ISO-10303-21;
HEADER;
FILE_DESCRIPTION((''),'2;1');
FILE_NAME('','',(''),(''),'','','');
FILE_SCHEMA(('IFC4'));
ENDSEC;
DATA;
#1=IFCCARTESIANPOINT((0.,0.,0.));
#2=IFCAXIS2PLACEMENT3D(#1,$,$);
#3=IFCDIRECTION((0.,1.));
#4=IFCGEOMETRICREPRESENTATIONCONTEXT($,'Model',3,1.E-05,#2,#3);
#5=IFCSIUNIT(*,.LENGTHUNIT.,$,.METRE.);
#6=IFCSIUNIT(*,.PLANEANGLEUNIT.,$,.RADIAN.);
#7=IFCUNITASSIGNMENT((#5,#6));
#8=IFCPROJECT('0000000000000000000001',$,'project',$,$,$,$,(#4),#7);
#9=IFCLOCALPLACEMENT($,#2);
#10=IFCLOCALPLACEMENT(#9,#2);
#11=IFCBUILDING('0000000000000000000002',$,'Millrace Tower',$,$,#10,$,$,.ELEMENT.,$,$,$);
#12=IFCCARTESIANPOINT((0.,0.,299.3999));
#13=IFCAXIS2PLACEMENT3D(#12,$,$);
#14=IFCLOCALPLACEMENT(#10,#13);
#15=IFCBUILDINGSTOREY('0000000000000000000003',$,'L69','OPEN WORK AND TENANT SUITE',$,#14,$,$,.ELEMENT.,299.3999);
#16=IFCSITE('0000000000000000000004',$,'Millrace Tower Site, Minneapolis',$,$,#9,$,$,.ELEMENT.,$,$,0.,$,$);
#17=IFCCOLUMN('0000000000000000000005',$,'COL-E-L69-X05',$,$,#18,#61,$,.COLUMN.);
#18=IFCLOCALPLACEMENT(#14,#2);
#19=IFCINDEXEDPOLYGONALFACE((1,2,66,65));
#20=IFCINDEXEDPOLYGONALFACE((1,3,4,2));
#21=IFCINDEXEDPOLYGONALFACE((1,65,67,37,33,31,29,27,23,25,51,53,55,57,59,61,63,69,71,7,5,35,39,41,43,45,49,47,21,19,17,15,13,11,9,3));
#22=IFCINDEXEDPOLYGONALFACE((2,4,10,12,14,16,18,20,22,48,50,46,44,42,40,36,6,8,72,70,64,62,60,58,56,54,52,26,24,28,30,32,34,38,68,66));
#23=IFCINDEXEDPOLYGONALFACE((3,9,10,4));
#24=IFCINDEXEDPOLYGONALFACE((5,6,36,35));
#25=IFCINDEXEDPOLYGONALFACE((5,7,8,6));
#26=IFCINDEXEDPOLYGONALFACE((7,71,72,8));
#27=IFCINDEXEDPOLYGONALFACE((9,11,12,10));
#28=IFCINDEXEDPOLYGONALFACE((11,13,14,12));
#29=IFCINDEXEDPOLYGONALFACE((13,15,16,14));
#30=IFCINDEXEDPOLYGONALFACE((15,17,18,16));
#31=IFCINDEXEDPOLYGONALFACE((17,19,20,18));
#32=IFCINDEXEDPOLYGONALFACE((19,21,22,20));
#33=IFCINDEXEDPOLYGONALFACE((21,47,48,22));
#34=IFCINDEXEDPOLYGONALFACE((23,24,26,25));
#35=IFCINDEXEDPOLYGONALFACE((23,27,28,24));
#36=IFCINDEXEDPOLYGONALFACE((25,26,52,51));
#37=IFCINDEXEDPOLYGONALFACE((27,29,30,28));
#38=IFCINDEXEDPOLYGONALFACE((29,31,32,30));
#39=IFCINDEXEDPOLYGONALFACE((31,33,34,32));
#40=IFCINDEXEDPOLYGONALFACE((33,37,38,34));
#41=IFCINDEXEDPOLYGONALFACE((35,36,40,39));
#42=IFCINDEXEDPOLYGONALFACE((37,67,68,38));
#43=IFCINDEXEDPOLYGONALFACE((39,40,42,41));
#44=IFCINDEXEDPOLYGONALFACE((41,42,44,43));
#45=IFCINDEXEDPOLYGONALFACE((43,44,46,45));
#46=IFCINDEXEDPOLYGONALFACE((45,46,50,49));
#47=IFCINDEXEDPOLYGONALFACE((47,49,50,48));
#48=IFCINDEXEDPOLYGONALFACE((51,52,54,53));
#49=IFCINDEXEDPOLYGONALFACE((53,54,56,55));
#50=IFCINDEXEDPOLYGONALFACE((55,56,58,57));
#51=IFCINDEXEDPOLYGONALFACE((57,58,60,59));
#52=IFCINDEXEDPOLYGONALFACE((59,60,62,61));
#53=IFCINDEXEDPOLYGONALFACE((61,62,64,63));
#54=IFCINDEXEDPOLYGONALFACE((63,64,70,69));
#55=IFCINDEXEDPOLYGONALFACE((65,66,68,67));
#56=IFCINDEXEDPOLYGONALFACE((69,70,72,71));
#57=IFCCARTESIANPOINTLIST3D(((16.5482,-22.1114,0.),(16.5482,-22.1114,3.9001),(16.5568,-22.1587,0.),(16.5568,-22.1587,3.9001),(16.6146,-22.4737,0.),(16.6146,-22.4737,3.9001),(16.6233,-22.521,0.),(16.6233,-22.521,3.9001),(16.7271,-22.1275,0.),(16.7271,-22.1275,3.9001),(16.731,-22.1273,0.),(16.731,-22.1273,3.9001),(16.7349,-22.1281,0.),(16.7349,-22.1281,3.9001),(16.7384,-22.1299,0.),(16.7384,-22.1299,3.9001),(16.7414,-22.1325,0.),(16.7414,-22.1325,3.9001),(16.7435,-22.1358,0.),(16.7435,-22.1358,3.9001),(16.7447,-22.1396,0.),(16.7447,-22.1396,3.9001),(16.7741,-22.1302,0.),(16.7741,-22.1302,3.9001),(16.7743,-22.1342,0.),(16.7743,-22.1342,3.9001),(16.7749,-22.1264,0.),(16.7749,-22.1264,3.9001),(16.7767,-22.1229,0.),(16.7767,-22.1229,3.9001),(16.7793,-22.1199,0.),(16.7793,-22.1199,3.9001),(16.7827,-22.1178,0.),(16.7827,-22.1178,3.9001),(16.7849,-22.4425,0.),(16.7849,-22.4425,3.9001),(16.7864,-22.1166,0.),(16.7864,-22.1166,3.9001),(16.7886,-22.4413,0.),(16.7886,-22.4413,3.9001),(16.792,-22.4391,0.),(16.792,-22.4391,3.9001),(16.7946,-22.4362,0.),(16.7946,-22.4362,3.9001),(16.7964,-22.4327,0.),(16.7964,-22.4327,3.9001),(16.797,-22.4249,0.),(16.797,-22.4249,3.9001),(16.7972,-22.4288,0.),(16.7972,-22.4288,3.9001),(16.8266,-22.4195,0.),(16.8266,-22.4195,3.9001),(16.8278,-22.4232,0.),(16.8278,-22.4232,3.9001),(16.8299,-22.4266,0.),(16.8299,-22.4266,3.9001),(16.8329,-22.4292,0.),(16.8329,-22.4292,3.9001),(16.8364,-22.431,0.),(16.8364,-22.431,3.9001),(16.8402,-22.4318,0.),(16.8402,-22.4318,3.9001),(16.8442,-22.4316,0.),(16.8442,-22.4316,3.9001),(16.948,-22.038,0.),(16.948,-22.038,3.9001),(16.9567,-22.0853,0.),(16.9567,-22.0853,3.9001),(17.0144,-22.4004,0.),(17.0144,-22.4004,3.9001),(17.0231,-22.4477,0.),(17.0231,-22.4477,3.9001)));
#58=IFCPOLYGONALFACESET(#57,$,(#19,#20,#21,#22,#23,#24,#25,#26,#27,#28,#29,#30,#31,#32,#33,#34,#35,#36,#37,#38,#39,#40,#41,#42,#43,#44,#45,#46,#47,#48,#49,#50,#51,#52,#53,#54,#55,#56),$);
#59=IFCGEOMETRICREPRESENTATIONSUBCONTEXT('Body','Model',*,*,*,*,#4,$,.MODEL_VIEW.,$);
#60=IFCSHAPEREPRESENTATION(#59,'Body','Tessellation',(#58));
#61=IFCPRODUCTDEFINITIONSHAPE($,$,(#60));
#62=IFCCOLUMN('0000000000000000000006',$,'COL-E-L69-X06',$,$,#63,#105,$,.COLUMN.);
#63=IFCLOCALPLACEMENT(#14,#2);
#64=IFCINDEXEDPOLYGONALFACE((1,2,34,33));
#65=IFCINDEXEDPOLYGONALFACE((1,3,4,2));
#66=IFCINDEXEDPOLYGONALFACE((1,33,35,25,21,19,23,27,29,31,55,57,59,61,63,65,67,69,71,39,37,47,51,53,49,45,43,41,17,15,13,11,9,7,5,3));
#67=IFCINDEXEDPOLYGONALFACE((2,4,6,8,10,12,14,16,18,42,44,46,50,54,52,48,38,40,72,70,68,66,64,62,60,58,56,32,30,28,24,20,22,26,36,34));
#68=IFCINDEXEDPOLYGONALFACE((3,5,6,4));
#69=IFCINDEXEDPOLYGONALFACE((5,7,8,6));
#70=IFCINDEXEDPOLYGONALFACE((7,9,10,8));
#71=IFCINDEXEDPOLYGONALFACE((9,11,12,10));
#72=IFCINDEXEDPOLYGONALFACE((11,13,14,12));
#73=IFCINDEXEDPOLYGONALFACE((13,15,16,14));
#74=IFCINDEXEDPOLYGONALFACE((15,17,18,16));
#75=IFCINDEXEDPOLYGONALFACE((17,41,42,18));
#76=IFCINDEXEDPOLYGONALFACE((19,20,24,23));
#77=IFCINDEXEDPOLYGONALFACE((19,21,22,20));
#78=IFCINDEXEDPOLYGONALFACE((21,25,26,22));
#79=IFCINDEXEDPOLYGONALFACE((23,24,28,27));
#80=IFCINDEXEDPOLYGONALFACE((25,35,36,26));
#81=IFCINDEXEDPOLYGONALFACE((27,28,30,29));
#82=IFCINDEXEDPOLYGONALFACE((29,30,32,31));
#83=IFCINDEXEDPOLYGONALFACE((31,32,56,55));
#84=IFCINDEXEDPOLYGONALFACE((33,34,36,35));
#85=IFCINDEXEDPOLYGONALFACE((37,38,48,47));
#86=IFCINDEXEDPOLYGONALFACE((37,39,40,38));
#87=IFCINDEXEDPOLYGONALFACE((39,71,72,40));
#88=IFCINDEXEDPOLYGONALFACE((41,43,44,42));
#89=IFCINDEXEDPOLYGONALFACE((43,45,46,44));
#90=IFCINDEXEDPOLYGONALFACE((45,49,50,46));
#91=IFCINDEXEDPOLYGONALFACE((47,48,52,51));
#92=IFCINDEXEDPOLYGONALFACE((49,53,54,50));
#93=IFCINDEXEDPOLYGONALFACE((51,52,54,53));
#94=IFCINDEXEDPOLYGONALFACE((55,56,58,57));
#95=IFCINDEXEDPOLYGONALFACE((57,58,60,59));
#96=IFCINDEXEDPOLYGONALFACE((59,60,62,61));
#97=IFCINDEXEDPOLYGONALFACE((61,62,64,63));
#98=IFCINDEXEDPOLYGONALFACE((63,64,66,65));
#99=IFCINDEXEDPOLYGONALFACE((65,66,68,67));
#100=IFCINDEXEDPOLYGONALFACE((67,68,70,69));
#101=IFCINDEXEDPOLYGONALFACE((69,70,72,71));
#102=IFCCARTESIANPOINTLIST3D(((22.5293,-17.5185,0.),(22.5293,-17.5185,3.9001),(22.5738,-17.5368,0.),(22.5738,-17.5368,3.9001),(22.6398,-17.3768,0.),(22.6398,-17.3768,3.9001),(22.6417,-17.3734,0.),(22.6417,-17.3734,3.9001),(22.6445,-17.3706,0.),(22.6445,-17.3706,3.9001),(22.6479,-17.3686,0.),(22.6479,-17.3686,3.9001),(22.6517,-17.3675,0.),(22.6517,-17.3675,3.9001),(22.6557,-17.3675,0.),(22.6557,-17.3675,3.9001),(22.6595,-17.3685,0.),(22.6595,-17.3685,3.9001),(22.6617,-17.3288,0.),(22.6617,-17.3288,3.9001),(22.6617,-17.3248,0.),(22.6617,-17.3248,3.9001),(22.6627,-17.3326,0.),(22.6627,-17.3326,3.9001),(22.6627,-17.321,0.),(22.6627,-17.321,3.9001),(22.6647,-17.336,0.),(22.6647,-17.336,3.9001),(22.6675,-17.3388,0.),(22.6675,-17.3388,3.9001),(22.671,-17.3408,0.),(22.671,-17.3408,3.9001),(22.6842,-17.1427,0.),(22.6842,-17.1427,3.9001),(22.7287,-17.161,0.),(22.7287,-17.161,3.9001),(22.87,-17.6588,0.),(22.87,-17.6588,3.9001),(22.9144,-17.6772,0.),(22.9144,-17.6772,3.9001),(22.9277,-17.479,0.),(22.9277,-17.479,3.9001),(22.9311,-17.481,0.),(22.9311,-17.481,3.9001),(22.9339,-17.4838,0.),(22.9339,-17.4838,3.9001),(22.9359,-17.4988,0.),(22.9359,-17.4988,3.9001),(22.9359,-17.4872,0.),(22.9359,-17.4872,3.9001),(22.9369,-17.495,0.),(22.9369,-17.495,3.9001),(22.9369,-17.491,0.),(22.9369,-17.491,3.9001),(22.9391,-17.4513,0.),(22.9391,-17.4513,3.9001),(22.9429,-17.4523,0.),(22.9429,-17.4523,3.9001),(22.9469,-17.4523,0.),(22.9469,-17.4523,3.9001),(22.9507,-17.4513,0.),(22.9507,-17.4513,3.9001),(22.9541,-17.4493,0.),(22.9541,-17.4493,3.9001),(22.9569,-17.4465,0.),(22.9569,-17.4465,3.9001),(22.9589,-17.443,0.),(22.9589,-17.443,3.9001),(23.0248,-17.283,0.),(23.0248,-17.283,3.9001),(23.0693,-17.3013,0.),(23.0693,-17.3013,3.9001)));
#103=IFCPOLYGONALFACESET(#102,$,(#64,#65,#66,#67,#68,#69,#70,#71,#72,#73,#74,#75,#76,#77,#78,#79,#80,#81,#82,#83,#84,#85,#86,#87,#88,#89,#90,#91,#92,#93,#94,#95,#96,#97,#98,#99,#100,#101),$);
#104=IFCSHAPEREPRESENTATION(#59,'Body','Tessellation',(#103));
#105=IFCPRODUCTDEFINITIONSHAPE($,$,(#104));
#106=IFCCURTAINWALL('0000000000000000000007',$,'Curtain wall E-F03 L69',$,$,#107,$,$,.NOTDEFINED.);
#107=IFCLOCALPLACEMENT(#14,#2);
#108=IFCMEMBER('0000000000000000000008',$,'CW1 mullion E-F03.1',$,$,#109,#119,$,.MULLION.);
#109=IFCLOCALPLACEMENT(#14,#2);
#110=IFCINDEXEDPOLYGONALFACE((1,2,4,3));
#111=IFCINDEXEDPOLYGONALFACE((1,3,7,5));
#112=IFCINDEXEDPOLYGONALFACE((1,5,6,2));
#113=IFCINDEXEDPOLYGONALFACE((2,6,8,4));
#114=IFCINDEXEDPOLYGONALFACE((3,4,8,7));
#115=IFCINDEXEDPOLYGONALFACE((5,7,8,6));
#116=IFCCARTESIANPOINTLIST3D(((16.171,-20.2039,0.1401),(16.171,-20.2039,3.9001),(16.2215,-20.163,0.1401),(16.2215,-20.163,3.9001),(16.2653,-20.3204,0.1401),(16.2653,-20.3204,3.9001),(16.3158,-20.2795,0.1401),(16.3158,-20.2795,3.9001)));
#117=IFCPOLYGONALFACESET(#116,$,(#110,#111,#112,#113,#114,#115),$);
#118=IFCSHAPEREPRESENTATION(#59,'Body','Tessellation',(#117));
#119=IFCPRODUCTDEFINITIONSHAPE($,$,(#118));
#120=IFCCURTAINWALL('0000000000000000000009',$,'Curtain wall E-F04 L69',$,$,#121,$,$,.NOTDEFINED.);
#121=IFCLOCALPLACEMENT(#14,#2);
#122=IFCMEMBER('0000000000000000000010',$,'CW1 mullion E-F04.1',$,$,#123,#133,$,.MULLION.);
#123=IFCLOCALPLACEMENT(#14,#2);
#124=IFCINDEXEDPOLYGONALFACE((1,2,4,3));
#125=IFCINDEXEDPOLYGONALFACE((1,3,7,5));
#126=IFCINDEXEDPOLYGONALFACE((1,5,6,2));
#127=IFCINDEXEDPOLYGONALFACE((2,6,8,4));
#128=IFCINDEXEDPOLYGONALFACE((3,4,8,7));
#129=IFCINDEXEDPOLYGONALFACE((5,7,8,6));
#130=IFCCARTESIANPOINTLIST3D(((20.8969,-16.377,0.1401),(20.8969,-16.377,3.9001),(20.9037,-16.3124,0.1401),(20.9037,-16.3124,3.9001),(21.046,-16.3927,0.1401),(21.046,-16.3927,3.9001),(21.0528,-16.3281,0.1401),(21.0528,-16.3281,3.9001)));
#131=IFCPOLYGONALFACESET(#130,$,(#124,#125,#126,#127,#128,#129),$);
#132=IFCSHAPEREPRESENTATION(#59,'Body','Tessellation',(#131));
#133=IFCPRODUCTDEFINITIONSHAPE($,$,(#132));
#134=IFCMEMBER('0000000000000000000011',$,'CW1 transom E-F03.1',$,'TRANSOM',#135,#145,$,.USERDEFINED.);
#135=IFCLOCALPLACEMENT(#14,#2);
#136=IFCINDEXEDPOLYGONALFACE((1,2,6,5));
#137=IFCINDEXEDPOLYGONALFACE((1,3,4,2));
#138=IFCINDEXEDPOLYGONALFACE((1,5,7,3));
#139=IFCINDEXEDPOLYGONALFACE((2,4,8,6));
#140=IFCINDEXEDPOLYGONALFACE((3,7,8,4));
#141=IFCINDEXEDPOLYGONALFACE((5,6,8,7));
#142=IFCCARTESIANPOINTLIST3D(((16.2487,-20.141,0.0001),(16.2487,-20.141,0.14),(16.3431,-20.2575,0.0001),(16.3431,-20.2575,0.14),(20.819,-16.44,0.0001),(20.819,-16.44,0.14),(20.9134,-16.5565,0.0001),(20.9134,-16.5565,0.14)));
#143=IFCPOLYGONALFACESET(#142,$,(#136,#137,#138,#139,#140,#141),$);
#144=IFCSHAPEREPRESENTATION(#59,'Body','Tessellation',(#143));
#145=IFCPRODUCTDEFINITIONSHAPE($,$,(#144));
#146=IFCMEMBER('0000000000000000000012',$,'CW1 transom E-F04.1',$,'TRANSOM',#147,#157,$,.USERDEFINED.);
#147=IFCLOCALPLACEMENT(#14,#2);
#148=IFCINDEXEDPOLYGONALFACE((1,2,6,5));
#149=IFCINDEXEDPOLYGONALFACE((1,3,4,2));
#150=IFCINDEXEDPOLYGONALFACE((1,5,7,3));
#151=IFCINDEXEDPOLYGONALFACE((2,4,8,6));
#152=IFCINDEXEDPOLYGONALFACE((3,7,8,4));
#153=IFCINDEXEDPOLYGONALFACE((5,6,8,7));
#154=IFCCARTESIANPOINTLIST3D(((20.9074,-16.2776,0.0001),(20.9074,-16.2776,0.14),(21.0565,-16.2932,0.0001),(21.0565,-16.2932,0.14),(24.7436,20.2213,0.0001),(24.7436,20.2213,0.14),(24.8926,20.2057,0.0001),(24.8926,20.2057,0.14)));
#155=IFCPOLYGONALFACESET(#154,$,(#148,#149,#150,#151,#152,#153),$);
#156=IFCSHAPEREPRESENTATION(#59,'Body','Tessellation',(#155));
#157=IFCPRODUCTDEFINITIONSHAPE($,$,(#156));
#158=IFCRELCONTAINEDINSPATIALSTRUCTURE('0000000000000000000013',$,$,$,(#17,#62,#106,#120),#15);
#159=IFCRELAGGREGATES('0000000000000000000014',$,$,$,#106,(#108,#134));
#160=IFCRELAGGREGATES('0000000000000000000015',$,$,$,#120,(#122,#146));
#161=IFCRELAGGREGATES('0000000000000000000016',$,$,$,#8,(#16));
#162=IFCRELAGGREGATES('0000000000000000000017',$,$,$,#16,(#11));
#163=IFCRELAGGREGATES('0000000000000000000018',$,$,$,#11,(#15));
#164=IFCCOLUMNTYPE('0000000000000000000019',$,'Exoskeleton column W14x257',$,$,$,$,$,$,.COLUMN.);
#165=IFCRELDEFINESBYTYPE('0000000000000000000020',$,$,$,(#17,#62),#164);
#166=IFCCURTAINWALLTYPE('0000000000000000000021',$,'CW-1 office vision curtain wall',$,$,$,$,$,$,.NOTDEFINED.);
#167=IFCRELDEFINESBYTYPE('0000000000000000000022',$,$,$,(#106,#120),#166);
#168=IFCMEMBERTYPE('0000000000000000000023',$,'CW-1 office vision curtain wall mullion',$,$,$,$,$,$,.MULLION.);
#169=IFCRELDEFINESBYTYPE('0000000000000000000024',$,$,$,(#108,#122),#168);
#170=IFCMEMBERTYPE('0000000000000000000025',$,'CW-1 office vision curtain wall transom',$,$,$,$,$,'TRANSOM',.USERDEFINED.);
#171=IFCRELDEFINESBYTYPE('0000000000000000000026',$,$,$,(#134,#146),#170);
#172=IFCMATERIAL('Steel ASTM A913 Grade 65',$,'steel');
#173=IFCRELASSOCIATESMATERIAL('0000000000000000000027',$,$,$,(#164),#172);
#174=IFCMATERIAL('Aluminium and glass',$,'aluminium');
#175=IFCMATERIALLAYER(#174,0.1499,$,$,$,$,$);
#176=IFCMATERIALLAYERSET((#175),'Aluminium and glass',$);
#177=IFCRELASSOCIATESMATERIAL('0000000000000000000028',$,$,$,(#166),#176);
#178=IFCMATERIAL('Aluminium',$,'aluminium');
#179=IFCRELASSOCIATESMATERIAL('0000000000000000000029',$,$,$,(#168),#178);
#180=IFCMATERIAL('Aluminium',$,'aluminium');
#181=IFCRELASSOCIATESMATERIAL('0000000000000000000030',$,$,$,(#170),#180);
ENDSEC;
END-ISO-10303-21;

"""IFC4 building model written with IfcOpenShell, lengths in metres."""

from ifc_helpers import new_model, si_unit, direction, frame, origin, origin_2d, place, context, subcontext, project, spatial, rectangle, i_section, extrude, material, layer, layer_set, material_profile, profile_set, type_object, element, aggregate, save


model = new_model("IFC4")

# Units and contexts
model_context = context("Model", 3, precision=1e-05, world=origin(), true_north=direction((0.0, 1.0)))
body_context = subcontext(model_context, "Body", "Model", "MODEL_VIEW")
ifc_project = project(units=[si_unit("LENGTHUNIT", "METRE"), si_unit("PLANEANGLEUNIT", "RADIAN")], contexts=[model_context])

# Site, building, storey
site_placement = place(None, origin())
site = spatial("IfcSite", under=ifc_project, at=site_placement, Name="Millrace Tower Site, Minneapolis", CompositionType="ELEMENT", RefElevation=0.0)
building_placement = place(site_placement, origin())
building = spatial("IfcBuilding", under=site, at=building_placement, Name="Millrace Tower", CompositionType="ELEMENT")
storey_placement = place(building_placement, frame((0.0, 0.0, 299.3999)))
storey = spatial("IfcBuildingStorey", under=building, at=storey_placement, Name="L69", Description="OPEN WORK AND TENANT SUITE", CompositionType="ELEMENT", Elevation=299.3999)

# Columns
ifc_material_1 = material(Name="Steel ASTM A913 Grade 65", Category="steel")
ifc_material_profile_1 = material_profile(ifc_material_1, i_section(OverallWidth=0.4065, OverallDepth=0.4165, WebThickness=0.03, FlangeThickness=0.0481, FilletRadius=0.0151, at=origin_2d()))
ifc_profile_set_1 = profile_set([ifc_material_profile_1], Name="Steel ASTM A913 Grade 65")
column_type = type_object("IfcColumnType", Name="Exoskeleton column W14x257", PredefinedType="COLUMN", material=ifc_profile_set_1)
for number, where, z_axis, x_axis, name in (
    (1, (16.7856, -22.2795, 0.0), (0.0, 0.0, 1.0), (0.983596, 0.180387, 0.0), "COL-E-L69-X05"),
    (2, (22.7993, -17.4099, 0.0), (0.0, 0.0, 1.0), (0.380947, 0.924597, 0.0), "COL-E-L69-X06"),
):
    element("IfcColumn", number, at=place(storey_placement, frame(where, z_axis=z_axis, x_axis=x_axis)), inside=storey, type_object=column_type, Name=name, PredefinedType="COLUMN", context=body_context, shape_type="SweptSolid", body=[
        extrude(i_section(OverallWidth=0.4065, OverallDepth=0.4165, WebThickness=0.03, FlangeThickness=0.0481, FilletRadius=0.0151, at=origin_2d()), origin(), (0.0, 0.0, 1.0), 3.9001),
    ])

# Curtain walls, members
ifc_material_2 = material(Name="Aluminium and glass", Category="aluminium")
ifc_layer_1 = layer(ifc_material_2, 0.1499)
ifc_layer_set_1 = layer_set([ifc_layer_1], Name="Aluminium and glass")
curtain_wall_type = type_object("IfcCurtainWallType", Name="CW-1 office vision curtain wall", PredefinedType="NOTDEFINED", material=ifc_layer_set_1)
placement = place(storey_placement, origin())
curtain_wall_1 = element("IfcCurtainWall", 3, at=placement, inside=storey, type_object=curtain_wall_type, Name="Curtain wall E-F03 L69", PredefinedType="NOTDEFINED")
ifc_material_3 = material(Name="Aluminium", Category="aluminium")
ifc_material_profile_2 = material_profile(ifc_material_3, rectangle(XDim=0.0649, YDim=0.1499, at=origin_2d()))
ifc_profile_set_2 = profile_set([ifc_material_profile_2], Name="Aluminium")
member_type_1 = type_object("IfcMemberType", Name="CW-1 office vision curtain wall mullion", PredefinedType="MULLION", material=ifc_profile_set_2)
member_1_placement = place(storey_placement, frame((16.2434, -20.2417, 0.1401), z_axis=(0.0, 0.0, 1.0), x_axis=(0.777146, 0.62932, 0.0)))
member_1 = element("IfcMember", 4, at=member_1_placement, type_object=member_type_1, Name="CW1 mullion E-F03.1", PredefinedType="MULLION", context=body_context, shape_type="SweptSolid", body=[
    extrude(rectangle(XDim=0.0649, YDim=0.1499, at=origin_2d()), origin(), (0.0, 0.0, 1.0), 3.76),
])
curtain_wall_2 = element("IfcCurtainWall", 5, at=placement, inside=storey, type_object=curtain_wall_type, Name="Curtain wall E-F04 L69", PredefinedType="NOTDEFINED")
member_2_placement = place(storey_placement, frame((20.9749, -16.3525, 0.1401), z_axis=(0.0, 0.0, 1.0), x_axis=(0.104528, 0.994522, 0.0)))
member_2 = element("IfcMember", 6, at=member_2_placement, type_object=member_type_1, Name="CW1 mullion E-F04.1", PredefinedType="MULLION", context=body_context, shape_type="SweptSolid", body=[
    extrude(rectangle(XDim=0.0649, YDim=0.1499, at=origin_2d()), origin(), (0.0, 0.0, 1.0), 3.76),
])

# Members
ifc_material_4 = material(Name="Aluminium", Category="aluminium")
ifc_material_profile_3 = material_profile(ifc_material_4, rectangle(XDim=0.1499, YDim=0.1399, at=origin_2d()))
ifc_profile_set_3 = profile_set([ifc_material_profile_3], Name="Aluminium")
member_type_2 = type_object("IfcMemberType", Name="CW-1 office vision curtain wall transom", ElementType="TRANSOM", PredefinedType="USERDEFINED", material=ifc_profile_set_3)
member_3_placement = place(storey_placement, frame((16.2959, -20.1992, 0.0701), z_axis=(0.777149, 0.629316, 0.0), x_axis=(-0.629316, 0.777149, 0.0)))
member_3 = element("IfcMember", 7, at=member_3_placement, type_object=member_type_2, Name="CW1 transom E-F03.1", ObjectType="TRANSOM", PredefinedType="USERDEFINED", context=body_context, shape_type="SweptSolid", body=[
    extrude(rectangle(XDim=0.1499, YDim=0.1399, at=origin_2d()), origin(), (0.0, 0.0, 1.0), 5.8809),
])
aggregate(curtain_wall_1, [member_1, member_3])
member_4_placement = place(storey_placement, frame((20.9819, -16.2854, 0.0701), z_axis=(0.104528, 0.994522, 0.0), x_axis=(-0.994522, 0.104528, 0.0)))
member_4 = element("IfcMember", 8, at=member_4_placement, type_object=member_type_2, Name="CW1 transom E-F04.1", ObjectType="TRANSOM", PredefinedType="USERDEFINED", context=body_context, shape_type="SweptSolid", body=[
    extrude(rectangle(XDim=0.1499, YDim=0.1399, at=origin_2d()), origin(), (0.0, 0.0, 1.0), 36.7),
])
aggregate(curtain_wall_2, [member_2, member_4])

save(model, "model.ifc")
